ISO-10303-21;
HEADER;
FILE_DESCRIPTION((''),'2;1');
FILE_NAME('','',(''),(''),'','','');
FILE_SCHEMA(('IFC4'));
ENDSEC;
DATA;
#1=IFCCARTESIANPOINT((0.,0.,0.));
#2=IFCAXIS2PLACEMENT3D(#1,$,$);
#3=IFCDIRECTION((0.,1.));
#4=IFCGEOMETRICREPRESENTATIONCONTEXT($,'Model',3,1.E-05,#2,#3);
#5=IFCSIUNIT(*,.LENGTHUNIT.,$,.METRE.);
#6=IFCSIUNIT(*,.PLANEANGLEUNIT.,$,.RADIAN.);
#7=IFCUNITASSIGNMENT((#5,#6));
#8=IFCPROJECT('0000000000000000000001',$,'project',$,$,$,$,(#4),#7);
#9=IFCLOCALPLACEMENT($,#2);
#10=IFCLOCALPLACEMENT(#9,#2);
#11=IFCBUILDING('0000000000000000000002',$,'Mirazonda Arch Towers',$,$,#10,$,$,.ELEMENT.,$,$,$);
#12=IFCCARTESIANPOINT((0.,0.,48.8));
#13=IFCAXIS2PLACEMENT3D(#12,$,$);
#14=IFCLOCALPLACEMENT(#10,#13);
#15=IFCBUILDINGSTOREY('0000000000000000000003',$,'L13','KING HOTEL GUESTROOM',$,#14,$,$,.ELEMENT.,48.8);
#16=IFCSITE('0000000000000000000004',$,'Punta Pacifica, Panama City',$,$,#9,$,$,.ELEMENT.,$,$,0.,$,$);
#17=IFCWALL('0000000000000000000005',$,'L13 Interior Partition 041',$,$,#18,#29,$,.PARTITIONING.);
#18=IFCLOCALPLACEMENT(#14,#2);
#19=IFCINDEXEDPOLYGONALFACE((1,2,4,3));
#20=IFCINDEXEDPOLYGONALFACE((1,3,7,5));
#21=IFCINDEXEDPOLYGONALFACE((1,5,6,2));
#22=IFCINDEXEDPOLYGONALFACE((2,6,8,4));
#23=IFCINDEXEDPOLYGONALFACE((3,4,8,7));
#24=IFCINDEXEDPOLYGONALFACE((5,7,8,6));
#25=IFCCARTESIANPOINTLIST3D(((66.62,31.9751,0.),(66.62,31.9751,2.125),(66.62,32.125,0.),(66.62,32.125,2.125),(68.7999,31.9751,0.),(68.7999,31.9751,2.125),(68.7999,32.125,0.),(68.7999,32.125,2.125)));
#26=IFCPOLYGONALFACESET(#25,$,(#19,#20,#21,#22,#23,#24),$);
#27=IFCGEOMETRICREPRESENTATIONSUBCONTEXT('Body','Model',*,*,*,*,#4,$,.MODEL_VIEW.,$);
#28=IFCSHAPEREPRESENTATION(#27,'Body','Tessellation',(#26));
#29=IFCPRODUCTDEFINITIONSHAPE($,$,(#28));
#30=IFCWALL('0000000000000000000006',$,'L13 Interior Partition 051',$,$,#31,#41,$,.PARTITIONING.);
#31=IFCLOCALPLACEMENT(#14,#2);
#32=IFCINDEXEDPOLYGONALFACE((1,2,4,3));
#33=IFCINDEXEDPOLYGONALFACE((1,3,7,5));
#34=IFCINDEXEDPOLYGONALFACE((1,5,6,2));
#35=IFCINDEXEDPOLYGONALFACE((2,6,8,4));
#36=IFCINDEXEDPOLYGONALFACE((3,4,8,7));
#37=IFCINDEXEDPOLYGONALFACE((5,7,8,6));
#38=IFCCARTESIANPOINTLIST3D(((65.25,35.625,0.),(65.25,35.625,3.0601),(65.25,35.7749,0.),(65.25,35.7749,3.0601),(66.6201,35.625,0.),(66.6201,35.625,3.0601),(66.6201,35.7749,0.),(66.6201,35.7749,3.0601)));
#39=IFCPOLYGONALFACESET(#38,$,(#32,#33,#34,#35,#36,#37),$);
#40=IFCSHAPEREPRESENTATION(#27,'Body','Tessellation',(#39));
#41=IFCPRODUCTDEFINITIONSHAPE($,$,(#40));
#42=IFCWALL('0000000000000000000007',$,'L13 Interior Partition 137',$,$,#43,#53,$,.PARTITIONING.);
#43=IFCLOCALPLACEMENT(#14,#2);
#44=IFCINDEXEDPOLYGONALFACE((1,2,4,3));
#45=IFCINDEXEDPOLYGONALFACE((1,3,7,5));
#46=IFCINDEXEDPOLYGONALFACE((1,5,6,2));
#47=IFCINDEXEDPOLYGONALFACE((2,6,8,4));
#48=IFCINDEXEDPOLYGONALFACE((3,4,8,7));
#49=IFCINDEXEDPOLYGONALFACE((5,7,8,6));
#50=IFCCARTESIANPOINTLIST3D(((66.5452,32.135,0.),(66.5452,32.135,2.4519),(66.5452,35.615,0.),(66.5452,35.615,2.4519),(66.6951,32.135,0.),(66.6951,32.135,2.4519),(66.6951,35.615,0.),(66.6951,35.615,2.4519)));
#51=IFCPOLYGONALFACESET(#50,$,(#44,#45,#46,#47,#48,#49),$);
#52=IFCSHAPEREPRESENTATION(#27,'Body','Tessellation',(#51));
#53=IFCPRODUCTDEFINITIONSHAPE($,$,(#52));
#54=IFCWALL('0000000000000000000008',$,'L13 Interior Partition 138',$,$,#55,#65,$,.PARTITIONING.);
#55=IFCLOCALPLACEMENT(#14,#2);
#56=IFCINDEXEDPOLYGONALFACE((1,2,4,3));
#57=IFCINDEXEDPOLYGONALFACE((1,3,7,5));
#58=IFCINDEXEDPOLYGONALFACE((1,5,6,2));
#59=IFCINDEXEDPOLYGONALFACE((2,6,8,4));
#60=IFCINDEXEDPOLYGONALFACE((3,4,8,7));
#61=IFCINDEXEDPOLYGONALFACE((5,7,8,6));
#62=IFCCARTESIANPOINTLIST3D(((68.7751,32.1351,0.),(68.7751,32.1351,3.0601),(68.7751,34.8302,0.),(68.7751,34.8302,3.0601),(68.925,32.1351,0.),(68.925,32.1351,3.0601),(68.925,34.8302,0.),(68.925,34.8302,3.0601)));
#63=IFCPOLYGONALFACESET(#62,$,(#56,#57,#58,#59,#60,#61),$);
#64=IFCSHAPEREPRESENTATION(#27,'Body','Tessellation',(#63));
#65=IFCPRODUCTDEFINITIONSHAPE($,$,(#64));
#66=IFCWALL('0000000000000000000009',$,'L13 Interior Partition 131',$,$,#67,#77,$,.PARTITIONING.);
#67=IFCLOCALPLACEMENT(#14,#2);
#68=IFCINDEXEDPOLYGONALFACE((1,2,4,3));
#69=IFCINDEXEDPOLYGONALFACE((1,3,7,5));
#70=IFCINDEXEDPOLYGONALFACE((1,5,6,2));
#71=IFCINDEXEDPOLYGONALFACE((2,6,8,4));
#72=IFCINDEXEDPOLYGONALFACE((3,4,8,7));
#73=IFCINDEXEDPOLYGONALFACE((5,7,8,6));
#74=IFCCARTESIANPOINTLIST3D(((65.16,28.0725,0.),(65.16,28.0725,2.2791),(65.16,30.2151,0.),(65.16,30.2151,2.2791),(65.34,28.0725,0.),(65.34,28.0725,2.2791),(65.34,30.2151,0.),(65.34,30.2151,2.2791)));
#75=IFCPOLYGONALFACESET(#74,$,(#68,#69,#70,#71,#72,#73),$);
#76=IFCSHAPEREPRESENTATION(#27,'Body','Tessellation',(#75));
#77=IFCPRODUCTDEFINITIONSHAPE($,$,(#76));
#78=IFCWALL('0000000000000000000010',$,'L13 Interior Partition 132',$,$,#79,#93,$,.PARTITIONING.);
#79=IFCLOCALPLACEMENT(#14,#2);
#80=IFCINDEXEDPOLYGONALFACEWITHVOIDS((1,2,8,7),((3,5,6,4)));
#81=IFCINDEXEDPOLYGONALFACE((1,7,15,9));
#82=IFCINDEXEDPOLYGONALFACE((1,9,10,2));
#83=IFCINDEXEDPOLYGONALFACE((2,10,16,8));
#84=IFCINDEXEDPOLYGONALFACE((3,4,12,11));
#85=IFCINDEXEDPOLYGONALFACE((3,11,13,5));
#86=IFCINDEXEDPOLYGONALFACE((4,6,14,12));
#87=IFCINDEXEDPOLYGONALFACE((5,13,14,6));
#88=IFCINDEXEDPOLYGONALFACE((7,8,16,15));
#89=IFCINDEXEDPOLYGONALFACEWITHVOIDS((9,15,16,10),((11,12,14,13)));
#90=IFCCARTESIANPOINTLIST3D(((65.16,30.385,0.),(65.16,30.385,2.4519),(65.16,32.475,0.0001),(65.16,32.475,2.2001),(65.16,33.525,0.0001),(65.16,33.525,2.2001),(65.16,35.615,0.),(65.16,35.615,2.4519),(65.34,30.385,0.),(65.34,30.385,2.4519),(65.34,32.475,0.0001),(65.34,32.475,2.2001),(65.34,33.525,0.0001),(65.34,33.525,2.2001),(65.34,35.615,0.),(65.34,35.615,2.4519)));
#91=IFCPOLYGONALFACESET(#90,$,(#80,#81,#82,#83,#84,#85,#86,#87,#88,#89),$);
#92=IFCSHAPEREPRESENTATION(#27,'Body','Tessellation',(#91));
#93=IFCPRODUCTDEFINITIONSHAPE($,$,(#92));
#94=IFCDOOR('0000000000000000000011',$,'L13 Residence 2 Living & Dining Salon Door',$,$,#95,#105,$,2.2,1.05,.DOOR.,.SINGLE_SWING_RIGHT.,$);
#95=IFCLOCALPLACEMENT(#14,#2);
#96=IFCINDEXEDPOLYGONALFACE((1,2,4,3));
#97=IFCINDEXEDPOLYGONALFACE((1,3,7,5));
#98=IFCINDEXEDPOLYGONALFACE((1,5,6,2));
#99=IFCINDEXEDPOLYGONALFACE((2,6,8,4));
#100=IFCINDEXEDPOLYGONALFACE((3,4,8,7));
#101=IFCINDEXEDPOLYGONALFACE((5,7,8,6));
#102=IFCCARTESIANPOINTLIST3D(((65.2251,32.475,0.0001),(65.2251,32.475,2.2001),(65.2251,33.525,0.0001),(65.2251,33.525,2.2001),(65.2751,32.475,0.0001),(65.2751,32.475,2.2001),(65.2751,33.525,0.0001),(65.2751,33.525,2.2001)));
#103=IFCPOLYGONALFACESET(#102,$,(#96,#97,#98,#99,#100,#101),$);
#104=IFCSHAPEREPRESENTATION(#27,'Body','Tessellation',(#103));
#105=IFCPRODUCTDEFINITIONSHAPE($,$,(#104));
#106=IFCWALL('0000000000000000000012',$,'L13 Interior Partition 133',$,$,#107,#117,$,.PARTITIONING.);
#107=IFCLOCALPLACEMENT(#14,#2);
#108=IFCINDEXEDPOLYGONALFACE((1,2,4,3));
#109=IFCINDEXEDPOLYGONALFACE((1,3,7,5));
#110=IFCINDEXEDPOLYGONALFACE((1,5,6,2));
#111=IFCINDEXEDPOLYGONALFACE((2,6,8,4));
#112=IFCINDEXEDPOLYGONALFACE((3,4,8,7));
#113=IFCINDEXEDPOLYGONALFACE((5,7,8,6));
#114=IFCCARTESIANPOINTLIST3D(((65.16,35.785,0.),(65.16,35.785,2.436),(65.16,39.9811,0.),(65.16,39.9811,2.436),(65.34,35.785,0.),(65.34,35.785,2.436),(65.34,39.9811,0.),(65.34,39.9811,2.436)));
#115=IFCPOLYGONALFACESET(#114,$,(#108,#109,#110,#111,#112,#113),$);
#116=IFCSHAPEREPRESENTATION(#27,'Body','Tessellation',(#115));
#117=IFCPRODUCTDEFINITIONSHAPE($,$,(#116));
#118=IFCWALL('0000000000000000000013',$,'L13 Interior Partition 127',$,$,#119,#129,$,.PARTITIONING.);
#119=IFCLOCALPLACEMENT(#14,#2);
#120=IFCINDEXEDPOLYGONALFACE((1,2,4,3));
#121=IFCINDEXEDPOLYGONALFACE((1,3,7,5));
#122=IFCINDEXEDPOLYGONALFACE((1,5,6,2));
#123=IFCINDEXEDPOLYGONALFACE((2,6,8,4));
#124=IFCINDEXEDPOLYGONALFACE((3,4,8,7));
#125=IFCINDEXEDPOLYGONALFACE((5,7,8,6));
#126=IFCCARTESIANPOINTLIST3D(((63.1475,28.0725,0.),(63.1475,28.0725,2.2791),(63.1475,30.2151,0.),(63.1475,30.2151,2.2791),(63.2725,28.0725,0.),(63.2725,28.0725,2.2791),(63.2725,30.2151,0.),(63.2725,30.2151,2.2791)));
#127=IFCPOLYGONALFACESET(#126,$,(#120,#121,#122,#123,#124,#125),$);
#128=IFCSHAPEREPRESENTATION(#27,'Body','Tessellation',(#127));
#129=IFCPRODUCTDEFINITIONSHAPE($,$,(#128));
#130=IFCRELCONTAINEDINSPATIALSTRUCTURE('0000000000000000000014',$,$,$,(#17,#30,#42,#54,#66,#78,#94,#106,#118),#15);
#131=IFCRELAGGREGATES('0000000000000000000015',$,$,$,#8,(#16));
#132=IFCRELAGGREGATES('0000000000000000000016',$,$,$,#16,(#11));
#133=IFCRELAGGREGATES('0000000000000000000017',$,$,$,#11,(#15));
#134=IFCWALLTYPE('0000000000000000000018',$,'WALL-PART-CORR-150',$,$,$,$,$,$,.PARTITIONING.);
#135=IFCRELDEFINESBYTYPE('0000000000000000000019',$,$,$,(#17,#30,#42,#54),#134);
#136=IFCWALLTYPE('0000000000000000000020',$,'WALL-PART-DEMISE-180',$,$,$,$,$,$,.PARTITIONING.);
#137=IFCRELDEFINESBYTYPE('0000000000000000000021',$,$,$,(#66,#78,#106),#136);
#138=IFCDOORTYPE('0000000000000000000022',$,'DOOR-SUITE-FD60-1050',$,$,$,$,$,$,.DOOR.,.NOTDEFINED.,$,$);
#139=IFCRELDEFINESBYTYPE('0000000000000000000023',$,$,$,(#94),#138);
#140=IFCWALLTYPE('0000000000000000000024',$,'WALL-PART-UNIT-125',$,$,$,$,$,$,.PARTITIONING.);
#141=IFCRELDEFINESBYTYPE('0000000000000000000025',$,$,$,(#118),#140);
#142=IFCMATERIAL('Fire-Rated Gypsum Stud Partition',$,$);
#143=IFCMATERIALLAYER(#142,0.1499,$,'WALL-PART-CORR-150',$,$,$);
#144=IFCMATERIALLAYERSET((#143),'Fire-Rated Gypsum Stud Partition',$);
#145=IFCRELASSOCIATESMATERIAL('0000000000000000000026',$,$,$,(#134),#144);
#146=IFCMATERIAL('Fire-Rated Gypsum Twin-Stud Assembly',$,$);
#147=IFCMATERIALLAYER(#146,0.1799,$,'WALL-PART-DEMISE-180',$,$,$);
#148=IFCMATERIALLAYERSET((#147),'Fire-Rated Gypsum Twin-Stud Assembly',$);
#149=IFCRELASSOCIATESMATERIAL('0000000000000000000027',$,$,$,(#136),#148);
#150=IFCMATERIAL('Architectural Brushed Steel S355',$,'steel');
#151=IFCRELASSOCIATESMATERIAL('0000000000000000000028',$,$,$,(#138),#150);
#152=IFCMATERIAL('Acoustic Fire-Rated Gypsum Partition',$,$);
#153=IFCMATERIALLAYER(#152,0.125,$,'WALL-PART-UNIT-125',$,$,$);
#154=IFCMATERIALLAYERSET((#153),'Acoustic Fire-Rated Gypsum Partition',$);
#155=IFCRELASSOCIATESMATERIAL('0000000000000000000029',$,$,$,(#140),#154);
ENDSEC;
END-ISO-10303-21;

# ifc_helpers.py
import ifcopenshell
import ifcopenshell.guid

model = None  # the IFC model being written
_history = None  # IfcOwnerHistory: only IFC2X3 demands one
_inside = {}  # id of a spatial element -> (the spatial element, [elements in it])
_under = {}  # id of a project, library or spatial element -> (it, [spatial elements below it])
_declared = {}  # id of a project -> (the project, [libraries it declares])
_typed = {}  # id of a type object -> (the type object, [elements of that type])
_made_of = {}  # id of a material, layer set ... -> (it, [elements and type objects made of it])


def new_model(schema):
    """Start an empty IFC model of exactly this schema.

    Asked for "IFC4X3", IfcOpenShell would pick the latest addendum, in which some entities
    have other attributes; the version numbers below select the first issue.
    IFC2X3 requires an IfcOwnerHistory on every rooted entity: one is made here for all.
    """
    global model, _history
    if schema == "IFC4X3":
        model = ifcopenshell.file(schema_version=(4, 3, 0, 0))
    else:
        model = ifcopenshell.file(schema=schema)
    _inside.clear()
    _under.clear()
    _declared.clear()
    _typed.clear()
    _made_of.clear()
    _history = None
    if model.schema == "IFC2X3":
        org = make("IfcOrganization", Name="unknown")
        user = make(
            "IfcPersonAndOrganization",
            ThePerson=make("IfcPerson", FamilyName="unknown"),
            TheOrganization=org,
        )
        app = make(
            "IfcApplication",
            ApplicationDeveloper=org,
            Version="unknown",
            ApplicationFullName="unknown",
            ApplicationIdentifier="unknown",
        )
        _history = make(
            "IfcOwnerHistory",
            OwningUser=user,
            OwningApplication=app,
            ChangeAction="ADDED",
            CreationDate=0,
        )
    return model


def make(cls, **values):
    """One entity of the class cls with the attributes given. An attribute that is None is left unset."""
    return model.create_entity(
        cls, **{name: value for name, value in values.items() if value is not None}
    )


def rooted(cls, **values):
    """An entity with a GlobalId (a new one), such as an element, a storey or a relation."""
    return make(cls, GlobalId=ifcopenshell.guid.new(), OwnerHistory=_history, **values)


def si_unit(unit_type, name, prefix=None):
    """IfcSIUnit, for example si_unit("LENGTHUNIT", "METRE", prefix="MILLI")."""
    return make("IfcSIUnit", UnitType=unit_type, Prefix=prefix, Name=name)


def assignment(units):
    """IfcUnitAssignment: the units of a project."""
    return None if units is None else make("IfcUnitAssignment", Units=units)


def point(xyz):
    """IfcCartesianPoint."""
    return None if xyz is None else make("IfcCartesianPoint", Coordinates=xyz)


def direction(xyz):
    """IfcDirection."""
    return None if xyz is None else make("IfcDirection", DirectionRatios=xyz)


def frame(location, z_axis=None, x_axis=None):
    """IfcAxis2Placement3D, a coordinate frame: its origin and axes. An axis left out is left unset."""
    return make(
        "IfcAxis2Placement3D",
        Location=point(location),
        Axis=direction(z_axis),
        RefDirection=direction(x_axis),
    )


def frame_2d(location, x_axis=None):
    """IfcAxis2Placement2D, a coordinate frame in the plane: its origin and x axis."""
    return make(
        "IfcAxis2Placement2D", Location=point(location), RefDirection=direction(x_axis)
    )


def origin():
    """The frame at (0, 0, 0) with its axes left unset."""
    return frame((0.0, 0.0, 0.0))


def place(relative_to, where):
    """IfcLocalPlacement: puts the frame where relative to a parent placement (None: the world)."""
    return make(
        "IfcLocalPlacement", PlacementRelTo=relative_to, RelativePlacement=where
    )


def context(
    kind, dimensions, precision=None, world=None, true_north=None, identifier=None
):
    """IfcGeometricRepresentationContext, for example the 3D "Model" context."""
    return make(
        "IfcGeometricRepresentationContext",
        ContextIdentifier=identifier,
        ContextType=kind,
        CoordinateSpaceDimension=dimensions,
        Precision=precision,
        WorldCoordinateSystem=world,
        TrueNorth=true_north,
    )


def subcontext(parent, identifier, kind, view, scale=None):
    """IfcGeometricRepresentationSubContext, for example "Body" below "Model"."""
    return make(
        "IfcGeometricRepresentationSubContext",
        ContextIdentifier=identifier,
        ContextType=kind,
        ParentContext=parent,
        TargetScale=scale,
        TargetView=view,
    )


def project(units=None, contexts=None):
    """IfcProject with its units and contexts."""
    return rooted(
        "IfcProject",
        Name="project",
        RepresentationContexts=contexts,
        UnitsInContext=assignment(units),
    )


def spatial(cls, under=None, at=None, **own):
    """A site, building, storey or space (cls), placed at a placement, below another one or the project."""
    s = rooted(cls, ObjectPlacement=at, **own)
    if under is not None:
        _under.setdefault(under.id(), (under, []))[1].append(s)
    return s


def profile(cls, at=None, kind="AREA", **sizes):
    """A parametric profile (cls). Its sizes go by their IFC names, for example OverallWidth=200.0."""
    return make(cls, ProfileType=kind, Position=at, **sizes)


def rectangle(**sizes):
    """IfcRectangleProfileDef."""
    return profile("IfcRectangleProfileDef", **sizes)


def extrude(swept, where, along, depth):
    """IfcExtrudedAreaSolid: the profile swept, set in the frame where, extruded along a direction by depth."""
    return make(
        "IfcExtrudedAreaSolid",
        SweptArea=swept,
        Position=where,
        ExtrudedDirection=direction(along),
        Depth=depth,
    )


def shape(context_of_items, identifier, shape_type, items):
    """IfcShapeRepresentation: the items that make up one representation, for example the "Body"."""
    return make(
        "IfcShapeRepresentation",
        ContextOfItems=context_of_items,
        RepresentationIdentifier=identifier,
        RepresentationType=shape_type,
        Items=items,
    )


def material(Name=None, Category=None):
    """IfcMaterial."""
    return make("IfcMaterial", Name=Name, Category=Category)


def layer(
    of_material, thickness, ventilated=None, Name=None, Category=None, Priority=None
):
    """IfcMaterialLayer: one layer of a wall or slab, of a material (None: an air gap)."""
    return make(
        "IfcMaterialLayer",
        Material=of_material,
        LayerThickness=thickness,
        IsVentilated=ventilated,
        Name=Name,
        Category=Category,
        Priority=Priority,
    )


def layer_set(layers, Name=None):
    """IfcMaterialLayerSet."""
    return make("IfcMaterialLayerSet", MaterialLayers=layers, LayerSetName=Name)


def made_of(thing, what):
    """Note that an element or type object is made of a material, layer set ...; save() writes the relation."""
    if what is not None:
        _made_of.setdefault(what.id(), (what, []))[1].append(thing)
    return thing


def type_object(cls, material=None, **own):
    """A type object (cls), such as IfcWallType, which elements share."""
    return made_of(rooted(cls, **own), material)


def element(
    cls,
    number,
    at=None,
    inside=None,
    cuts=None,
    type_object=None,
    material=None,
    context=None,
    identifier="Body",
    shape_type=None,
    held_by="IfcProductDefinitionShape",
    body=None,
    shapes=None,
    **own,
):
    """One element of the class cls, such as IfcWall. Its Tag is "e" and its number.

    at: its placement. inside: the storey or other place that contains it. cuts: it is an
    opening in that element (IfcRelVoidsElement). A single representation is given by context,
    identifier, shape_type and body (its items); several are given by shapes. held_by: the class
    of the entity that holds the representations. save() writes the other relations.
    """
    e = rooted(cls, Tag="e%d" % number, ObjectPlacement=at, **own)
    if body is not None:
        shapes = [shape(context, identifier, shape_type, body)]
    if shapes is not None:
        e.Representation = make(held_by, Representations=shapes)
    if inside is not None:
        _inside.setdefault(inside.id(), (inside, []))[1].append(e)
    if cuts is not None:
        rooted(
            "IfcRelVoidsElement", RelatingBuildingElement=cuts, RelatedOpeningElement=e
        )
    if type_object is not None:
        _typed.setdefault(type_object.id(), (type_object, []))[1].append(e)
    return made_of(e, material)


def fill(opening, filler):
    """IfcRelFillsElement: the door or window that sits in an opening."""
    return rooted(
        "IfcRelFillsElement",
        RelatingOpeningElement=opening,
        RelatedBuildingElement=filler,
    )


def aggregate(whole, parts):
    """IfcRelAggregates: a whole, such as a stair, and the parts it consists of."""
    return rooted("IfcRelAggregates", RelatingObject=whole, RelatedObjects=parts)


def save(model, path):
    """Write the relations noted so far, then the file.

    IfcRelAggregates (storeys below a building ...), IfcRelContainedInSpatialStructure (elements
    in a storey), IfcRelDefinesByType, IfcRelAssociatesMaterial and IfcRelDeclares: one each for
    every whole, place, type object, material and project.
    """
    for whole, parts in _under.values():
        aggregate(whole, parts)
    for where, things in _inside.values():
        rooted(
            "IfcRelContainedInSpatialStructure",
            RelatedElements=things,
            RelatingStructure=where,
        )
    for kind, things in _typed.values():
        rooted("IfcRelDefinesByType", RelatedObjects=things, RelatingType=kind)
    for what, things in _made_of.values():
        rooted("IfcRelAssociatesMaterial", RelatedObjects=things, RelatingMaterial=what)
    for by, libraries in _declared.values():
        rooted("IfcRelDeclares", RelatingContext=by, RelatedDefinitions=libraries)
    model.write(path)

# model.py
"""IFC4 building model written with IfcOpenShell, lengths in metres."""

from ifc_helpers import new_model, si_unit, direction, frame, frame_2d, origin, place, context, subcontext, project, spatial, rectangle, extrude, material, layer, layer_set, type_object, element, fill, save


model = new_model("IFC4")

# Units and contexts
model_context = context("Model", 3, precision=1e-05, world=origin(), true_north=direction((0.0, 1.0)))
body_context = subcontext(model_context, "Body", "Model", "MODEL_VIEW")
ifc_project = project(units=[si_unit("LENGTHUNIT", "METRE"), si_unit("PLANEANGLEUNIT", "RADIAN")], contexts=[model_context])

# Site, building, storey
site_placement = place(None, origin())
site = spatial("IfcSite", under=ifc_project, at=site_placement, Name="Punta Pacifica, Panama City", CompositionType="ELEMENT", RefElevation=0.0)
building_placement = place(site_placement, origin())
building = spatial("IfcBuilding", under=site, at=building_placement, Name="Mirazonda Arch Towers", CompositionType="ELEMENT")
storey_placement = place(building_placement, frame((0.0, 0.0, 48.8)))
storey = spatial("IfcBuildingStorey", under=building, at=storey_placement, Name="L13", Description="KING HOTEL GUESTROOM", CompositionType="ELEMENT", Elevation=48.8)

# Shared definitions
ifc_material_1 = material(Name="Architectural Brushed Steel S355", Category="steel")
ifc_material_2 = material(Name="Fire-Rated Gypsum Stud Partition")
ifc_layer_1 = layer(ifc_material_2, 0.1499, Name="WALL-PART-CORR-150")
ifc_layer_set_1 = layer_set([ifc_layer_1], Name="Fire-Rated Gypsum Stud Partition")
wall_type_1 = type_object("IfcWallType", Name="WALL-PART-CORR-150", PredefinedType="PARTITIONING", material=ifc_layer_set_1)

# Walls
wall_1_placement = place(storey_placement, frame((66.6201, 32.05, 0.0), z_axis=(0.0, 0.0, 1.0), x_axis=(1.0, 0.0, 0.0)))
element("IfcWall", 1, at=wall_1_placement, inside=storey, type_object=wall_type_1, Name="L13 Interior Partition 041", PredefinedType="PARTITIONING", context=body_context, shape_type="SweptSolid", body=[
    extrude(rectangle(XDim=2.1799, YDim=0.1499, at=frame_2d((1.0898, 0.0))), origin(), (0.0, 0.0, 1.0), 2.125),
])
wall_2_placement = place(storey_placement, frame((65.25, 35.7, 0.0), z_axis=(0.0, 0.0, 1.0), x_axis=(1.0, 0.0, 0.0)))
element("IfcWall", 2, at=wall_2_placement, inside=storey, type_object=wall_type_1, Name="L13 Interior Partition 051", PredefinedType="PARTITIONING", context=body_context, shape_type="SweptSolid", body=[
    extrude(rectangle(XDim=1.3701, YDim=0.1499, at=frame_2d((0.6851, 0.0))), origin(), (0.0, 0.0, 1.0), 3.0601),
])
wall_3_placement = place(storey_placement, frame((66.6201, 32.135, 0.0), z_axis=(0.0, 0.0, 1.0), x_axis=(0.0, 1.0, 0.0)))
element("IfcWall", 3, at=wall_3_placement, inside=storey, type_object=wall_type_1, Name="L13 Interior Partition 137", PredefinedType="PARTITIONING", context=body_context, shape_type="SweptSolid", body=[
    extrude(rectangle(XDim=3.48, YDim=0.1499, at=frame_2d((1.74, 0.0))), origin(), (0.0, 0.0, 1.0), 2.4519),
])
wall_4_placement = place(storey_placement, frame((68.8501, 32.135, 0.0), z_axis=(0.0, 0.0, 1.0), x_axis=(0.0, 1.0, 0.0)))
element("IfcWall", 4, at=wall_4_placement, inside=storey, type_object=wall_type_1, Name="L13 Interior Partition 138", PredefinedType="PARTITIONING", context=body_context, shape_type="SweptSolid", body=[
    extrude(rectangle(XDim=2.6951, YDim=0.1499, at=frame_2d((1.3477, 0.0))), origin(), (0.0, 0.0, 1.0), 3.0601),
])
ifc_material_3 = material(Name="Fire-Rated Gypsum Twin-Stud Assembly")
ifc_layer_2 = layer(ifc_material_3, 0.1799, Name="WALL-PART-DEMISE-180")
ifc_layer_set_2 = layer_set([ifc_layer_2], Name="Fire-Rated Gypsum Twin-Stud Assembly")
wall_type_2 = type_object("IfcWallType", Name="WALL-PART-DEMISE-180", PredefinedType="PARTITIONING", material=ifc_layer_set_2)
wall_5_placement = place(storey_placement, frame((65.25, 28.0725, 0.0), z_axis=(0.0, 0.0, 1.0), x_axis=(0.0, 1.0, 0.0)))
element("IfcWall", 5, at=wall_5_placement, inside=storey, type_object=wall_type_2, Name="L13 Interior Partition 131", PredefinedType="PARTITIONING", context=body_context, shape_type="SweptSolid", body=[
    extrude(rectangle(XDim=2.1426, YDim=0.1799, at=frame_2d((1.0713, 0.0))), origin(), (0.0, 0.0, 1.0), 2.2791),
])

# Wall, opening, door
wall_6_placement = place(storey_placement, frame((65.25, 30.385, 0.0), z_axis=(0.0, 0.0, 1.0), x_axis=(0.0, 1.0, 0.0)))
wall_6 = element("IfcWall", 6, at=wall_6_placement, inside=storey, type_object=wall_type_2, Name="L13 Interior Partition 132", PredefinedType="PARTITIONING", context=body_context, shape_type="SweptSolid", body=[
    extrude(rectangle(XDim=5.23, YDim=0.1799, at=frame_2d((2.615, 0.0))), origin(), (0.0, 0.0, 1.0), 2.4519),
])
opening_1_placement = place(wall_6_placement, frame((2.0901, 0.0, 0.0)))
opening_1 = element("IfcOpeningElement", 7, at=opening_1_placement, cuts=wall_6, PredefinedType="OPENING", context=body_context, shape_type="SweptSolid", body=[
    extrude(rectangle(XDim=1.05, YDim=2.2, at=frame_2d((0.5249, 1.1001))), frame((0.0, 0.0999, 0.0), z_axis=(0.0, -1.0, 0.0), x_axis=(1.0, 0.0, 0.0)), (0.0, 0.0, 1.0), 0.2),
])
door_type_1 = type_object("IfcDoorType", Name="DOOR-SUITE-FD60-1050", OperationType="NOTDEFINED", PredefinedType="DOOR", material=ifc_material_1)
door_1_placement = place(opening_1_placement, origin())
door_1 = element("IfcDoor", 8, at=door_1_placement, inside=storey, type_object=door_type_1, Name="L13 Residence 2 Living & Dining Salon Door", OperationType="SINGLE_SWING_RIGHT", OverallHeight=2.2, OverallWidth=1.05, PredefinedType="DOOR", context=body_context, shape_type="SweptSolid", body=[
    extrude(rectangle(XDim=1.05, YDim=2.2, at=frame_2d((0.5249, 1.1001))), frame((0.0, 0.0249, 0.0), z_axis=(0.0, -1.0, 0.0), x_axis=(1.0, 0.0, 0.0)), (0.0, 0.0, 1.0), 0.05),
])
fill(opening_1, door_1)

# Walls
wall_7_placement = place(storey_placement, frame((65.25, 35.7849, 0.0), z_axis=(0.0, 0.0, 1.0), x_axis=(0.0, 1.0, 0.0)))
element("IfcWall", 9, at=wall_7_placement, inside=storey, type_object=wall_type_2, Name="L13 Interior Partition 133", PredefinedType="PARTITIONING", context=body_context, shape_type="SweptSolid", body=[
    extrude(rectangle(XDim=4.196, YDim=0.1799, at=frame_2d((2.0981, 0.0))), origin(), (0.0, 0.0, 1.0), 2.436),
])
ifc_material_4 = material(Name="Acoustic Fire-Rated Gypsum Partition")
ifc_layer_3 = layer(ifc_material_4, 0.125, Name="WALL-PART-UNIT-125")
ifc_layer_set_3 = layer_set([ifc_layer_3], Name="Acoustic Fire-Rated Gypsum Partition")
wall_type_3 = type_object("IfcWallType", Name="WALL-PART-UNIT-125", PredefinedType="PARTITIONING", material=ifc_layer_set_3)
wall_8_placement = place(storey_placement, frame((63.21, 28.0725, 0.0), z_axis=(0.0, 0.0, 1.0), x_axis=(0.0, 1.0, 0.0)))
element("IfcWall", 10, at=wall_8_placement, inside=storey, type_object=wall_type_3, Name="L13 Interior Partition 127", PredefinedType="PARTITIONING", context=body_context, shape_type="SweptSolid", body=[
    extrude(rectangle(XDim=2.1426, YDim=0.125, at=frame_2d((1.0713, 0.0))), origin(), (0.0, 0.0, 1.0), 2.2791),
])

save(model, "model.ifc")
